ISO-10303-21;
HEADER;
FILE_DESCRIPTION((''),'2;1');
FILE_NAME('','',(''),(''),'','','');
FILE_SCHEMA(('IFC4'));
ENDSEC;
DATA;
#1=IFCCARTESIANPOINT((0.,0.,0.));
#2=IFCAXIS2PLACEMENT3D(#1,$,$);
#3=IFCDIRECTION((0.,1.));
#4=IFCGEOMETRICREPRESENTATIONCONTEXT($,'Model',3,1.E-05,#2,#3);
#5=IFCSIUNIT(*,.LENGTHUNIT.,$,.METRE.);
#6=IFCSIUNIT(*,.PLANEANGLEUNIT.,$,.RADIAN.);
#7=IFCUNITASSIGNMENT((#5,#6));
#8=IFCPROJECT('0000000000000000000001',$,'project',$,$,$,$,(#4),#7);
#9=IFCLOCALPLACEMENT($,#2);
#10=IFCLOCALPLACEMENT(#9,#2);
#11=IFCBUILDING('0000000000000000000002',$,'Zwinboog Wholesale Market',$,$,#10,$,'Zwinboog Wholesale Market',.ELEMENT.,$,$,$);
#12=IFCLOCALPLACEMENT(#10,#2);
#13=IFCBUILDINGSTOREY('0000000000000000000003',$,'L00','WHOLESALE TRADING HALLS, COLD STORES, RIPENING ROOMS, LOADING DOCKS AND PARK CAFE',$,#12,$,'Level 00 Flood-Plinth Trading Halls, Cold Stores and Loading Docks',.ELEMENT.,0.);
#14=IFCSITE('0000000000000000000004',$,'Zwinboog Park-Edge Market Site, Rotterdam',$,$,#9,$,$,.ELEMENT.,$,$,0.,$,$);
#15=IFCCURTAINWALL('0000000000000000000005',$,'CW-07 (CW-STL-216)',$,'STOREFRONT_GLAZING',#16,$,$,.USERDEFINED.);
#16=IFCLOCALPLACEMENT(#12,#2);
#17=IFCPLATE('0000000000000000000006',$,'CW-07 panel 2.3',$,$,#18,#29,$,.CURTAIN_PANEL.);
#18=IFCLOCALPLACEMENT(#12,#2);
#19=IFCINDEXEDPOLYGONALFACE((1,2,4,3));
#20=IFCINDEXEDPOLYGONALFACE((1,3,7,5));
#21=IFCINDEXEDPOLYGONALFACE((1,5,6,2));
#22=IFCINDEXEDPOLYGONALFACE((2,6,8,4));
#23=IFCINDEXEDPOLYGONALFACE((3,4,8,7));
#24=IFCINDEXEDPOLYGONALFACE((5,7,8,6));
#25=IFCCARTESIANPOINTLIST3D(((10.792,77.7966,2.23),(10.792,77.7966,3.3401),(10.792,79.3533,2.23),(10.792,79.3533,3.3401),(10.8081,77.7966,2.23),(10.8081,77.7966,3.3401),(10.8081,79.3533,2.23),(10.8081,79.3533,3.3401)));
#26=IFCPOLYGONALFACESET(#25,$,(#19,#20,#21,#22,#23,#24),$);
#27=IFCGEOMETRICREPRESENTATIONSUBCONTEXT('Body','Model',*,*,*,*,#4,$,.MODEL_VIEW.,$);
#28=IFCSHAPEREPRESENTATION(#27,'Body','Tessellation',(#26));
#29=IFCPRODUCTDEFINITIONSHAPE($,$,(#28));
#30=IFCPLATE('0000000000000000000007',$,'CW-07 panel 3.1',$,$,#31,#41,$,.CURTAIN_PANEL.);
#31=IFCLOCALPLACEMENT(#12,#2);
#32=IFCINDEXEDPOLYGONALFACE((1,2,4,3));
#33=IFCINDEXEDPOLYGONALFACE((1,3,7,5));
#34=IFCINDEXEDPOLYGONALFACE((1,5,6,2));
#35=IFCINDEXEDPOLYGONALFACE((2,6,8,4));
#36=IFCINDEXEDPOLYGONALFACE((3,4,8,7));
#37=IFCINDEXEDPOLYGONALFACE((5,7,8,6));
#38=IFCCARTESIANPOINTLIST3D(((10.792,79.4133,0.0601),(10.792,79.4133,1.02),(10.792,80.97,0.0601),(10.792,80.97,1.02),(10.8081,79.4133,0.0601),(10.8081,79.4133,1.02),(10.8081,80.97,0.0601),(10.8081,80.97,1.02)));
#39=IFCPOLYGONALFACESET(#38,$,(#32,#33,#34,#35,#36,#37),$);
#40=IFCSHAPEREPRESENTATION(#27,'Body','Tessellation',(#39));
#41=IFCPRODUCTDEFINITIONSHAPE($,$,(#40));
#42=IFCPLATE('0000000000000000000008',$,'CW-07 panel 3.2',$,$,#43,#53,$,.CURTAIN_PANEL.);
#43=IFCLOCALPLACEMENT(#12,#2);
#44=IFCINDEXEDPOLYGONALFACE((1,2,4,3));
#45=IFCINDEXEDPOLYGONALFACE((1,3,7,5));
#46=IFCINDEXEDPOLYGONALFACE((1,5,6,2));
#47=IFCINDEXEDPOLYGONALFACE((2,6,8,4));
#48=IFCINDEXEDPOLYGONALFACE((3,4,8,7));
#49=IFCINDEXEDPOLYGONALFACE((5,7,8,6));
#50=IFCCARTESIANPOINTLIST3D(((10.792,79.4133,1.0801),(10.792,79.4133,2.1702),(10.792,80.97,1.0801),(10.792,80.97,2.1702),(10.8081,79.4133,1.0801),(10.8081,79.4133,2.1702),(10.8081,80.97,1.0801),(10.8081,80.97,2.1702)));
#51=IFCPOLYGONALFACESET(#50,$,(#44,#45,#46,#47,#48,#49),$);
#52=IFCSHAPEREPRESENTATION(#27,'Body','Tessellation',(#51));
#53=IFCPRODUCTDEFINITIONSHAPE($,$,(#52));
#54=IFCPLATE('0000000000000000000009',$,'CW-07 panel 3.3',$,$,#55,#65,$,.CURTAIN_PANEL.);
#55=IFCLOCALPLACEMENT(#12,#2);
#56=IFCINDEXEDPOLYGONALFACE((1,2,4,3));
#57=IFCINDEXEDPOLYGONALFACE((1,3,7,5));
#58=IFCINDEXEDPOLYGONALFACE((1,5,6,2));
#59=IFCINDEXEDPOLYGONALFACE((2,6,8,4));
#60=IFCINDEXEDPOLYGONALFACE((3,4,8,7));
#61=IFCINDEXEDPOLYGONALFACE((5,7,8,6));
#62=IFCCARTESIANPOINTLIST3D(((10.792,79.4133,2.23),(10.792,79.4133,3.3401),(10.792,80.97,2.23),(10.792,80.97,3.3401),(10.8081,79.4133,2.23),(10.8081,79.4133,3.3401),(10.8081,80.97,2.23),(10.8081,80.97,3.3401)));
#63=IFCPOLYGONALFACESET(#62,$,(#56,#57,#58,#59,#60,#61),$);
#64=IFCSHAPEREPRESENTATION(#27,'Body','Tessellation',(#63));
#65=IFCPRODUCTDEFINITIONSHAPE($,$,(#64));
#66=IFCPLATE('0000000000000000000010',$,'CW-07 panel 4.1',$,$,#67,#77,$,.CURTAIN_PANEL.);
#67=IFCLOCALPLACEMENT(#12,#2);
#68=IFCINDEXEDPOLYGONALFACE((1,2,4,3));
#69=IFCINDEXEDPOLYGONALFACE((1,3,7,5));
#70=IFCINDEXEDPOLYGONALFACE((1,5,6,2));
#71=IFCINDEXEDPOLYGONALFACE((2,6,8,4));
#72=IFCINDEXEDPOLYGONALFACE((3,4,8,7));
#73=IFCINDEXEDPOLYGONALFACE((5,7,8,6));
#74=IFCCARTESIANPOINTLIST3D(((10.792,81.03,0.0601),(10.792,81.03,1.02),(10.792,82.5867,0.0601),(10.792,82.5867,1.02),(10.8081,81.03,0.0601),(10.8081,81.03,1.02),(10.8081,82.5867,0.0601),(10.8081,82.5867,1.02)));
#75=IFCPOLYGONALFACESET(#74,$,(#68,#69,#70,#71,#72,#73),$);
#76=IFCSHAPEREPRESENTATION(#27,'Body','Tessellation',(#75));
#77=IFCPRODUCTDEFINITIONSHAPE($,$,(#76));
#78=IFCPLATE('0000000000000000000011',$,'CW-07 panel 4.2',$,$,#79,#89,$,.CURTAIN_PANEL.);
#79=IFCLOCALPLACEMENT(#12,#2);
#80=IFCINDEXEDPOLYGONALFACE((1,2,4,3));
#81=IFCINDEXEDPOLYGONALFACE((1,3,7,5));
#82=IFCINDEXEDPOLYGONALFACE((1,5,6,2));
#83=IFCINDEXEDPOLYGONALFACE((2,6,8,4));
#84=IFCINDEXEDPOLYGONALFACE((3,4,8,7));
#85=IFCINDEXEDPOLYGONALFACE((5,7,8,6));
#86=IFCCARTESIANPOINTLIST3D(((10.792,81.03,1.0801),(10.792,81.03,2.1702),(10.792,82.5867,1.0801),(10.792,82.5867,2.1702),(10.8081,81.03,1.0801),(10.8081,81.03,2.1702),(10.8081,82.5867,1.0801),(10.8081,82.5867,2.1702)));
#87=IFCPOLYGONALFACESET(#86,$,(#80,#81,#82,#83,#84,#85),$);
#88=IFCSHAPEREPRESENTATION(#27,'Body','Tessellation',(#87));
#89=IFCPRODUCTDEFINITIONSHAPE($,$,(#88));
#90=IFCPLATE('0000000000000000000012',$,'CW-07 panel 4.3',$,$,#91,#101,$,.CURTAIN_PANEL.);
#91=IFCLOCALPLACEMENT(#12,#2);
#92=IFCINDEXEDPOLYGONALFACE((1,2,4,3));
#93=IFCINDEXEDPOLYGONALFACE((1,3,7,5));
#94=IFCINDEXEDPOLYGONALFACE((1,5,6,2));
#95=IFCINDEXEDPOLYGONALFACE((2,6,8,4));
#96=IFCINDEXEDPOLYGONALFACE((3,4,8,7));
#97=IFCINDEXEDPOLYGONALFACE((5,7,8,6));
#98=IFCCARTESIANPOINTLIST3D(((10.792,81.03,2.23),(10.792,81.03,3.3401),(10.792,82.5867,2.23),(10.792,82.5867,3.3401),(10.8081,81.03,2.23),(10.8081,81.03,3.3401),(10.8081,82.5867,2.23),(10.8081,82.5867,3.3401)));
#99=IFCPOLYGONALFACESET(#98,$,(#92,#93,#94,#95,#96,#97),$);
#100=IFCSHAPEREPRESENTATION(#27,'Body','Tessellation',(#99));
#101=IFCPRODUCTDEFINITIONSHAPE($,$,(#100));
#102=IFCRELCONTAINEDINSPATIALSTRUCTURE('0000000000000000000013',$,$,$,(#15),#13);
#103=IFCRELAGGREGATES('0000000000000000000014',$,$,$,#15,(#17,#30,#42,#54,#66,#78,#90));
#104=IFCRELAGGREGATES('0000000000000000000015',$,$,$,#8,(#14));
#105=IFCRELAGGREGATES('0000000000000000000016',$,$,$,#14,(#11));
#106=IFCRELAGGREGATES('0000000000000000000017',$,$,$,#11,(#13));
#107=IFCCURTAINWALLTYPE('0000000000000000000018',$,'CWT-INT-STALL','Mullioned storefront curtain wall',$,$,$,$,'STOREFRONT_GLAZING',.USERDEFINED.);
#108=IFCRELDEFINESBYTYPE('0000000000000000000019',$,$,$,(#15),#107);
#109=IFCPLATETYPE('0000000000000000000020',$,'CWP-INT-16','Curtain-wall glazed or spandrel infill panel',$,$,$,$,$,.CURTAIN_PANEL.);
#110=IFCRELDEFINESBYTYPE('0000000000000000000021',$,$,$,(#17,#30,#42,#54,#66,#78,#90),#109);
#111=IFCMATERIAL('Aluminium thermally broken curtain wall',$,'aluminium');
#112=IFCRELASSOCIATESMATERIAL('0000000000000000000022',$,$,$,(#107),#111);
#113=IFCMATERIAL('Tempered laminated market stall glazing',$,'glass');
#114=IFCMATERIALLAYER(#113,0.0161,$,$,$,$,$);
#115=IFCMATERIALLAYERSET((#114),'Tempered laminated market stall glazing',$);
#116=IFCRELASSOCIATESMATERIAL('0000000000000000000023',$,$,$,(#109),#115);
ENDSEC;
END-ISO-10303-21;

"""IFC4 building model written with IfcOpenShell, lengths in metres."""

from ifc_helpers import new_model, si_unit, direction, frame, origin, origin_2d, place, context, subcontext, project, spatial, rectangle, extrude, material, layer, layer_set, type_object, element, aggregate, save


model = new_model("IFC4")

# Units and contexts
model_context = context("Model", 3, precision=1e-05, world=origin(), true_north=direction((0.0, 1.0)))
body_context = subcontext(model_context, "Body", "Model", "MODEL_VIEW")
ifc_project = project(units=[si_unit("LENGTHUNIT", "METRE"), si_unit("PLANEANGLEUNIT", "RADIAN")], contexts=[model_context])

# Site, building, storey
site_placement = place(None, origin())
site = spatial("IfcSite", under=ifc_project, at=site_placement, Name="Zwinboog Park-Edge Market Site, Rotterdam", CompositionType="ELEMENT", RefElevation=0.0)
building_placement = place(site_placement, origin())
building = spatial("IfcBuilding", under=site, at=building_placement, Name="Zwinboog Wholesale Market", LongName="Zwinboog Wholesale Market", CompositionType="ELEMENT")
storey_placement = place(building_placement, origin())
storey = spatial("IfcBuildingStorey", under=building, at=storey_placement, Name="L00", Description="WHOLESALE TRADING HALLS, COLD STORES, RIPENING ROOMS, LOADING DOCKS AND PARK CAFE", LongName="Level 00 Flood-Plinth Trading Halls, Cold Stores and Loading Docks", CompositionType="ELEMENT", Elevation=0.0)

# Curtain wall, plates
ifc_material_1 = material(Name="Aluminium thermally broken curtain wall", Category="aluminium")
curtain_wall_type = type_object("IfcCurtainWallType", Name="CWT-INT-STALL", Description="Mullioned storefront curtain wall", ElementType="STOREFRONT_GLAZING", PredefinedType="USERDEFINED", material=ifc_material_1)
curtain_wall_placement = place(storey_placement, origin())
curtain_wall = element("IfcCurtainWall", 1, at=curtain_wall_placement, inside=storey, type_object=curtain_wall_type, Name="CW-07 (CW-STL-216)", ObjectType="STOREFRONT_GLAZING", PredefinedType="USERDEFINED")
ifc_material_2 = material(Name="Tempered laminated market stall glazing", Category="glass")
ifc_layer = layer(ifc_material_2, 0.0161)
ifc_layer_set = layer_set([ifc_layer], Name="Tempered laminated market stall glazing")
plate_type = type_object("IfcPlateType", Name="CWP-INT-16", Description="Curtain-wall glazed or spandrel infill panel", PredefinedType="CURTAIN_PANEL", material=ifc_layer_set)
plate_1_placement = place(storey_placement, frame((10.8, 78.575, 2.23), z_axis=(0.0, 0.0, 1.0), x_axis=(0.0, 1.0, 0.0)))
plate_1 = element("IfcPlate", 2, at=plate_1_placement, type_object=plate_type, Name="CW-07 panel 2.3", PredefinedType="CURTAIN_PANEL", context=body_context, shape_type="SweptSolid", body=[
    extrude(rectangle(XDim=1.5566, YDim=0.0161, at=origin_2d()), origin(), (0.0, 0.0, 1.0), 1.1101),
])
plate_2_placement = place(storey_placement, frame((10.8, 80.1917, 0.0601), z_axis=(0.0, 0.0, 1.0), x_axis=(0.0, 1.0, 0.0)))
plate_2 = element("IfcPlate", 3, at=plate_2_placement, type_object=plate_type, Name="CW-07 panel 3.1", PredefinedType="CURTAIN_PANEL", context=body_context, shape_type="SweptSolid", body=[
    extrude(rectangle(XDim=1.5566, YDim=0.0161, at=origin_2d()), origin(), (0.0, 0.0, 1.0), 0.96),
])
plate_3_placement = place(storey_placement, frame((10.8, 80.1917, 1.0801), z_axis=(0.0, 0.0, 1.0), x_axis=(0.0, 1.0, 0.0)))
plate_3 = element("IfcPlate", 4, at=plate_3_placement, type_object=plate_type, Name="CW-07 panel 3.2", PredefinedType="CURTAIN_PANEL", context=body_context, shape_type="SweptSolid", body=[
    extrude(rectangle(XDim=1.5566, YDim=0.0161, at=origin_2d()), origin(), (0.0, 0.0, 1.0), 1.0901),
])
plate_4_placement = place(storey_placement, frame((10.8, 80.1917, 2.23), z_axis=(0.0, 0.0, 1.0), x_axis=(0.0, 1.0, 0.0)))
plate_4 = element("IfcPlate", 5, at=plate_4_placement, type_object=plate_type, Name="CW-07 panel 3.3", PredefinedType="CURTAIN_PANEL", context=body_context, shape_type="SweptSolid", body=[
    extrude(rectangle(XDim=1.5566, YDim=0.0161, at=origin_2d()), origin(), (0.0, 0.0, 1.0), 1.1101),
])
plate_5_placement = place(storey_placement, frame((10.8, 81.8083, 0.0601), z_axis=(0.0, 0.0, 1.0), x_axis=(0.0, 1.0, 0.0)))
plate_5 = element("IfcPlate", 6, at=plate_5_placement, type_object=plate_type, Name="CW-07 panel 4.1", PredefinedType="CURTAIN_PANEL", context=body_context, shape_type="SweptSolid", body=[
    extrude(rectangle(XDim=1.5566, YDim=0.0161, at=origin_2d()), origin(), (0.0, 0.0, 1.0), 0.96),
])
plate_6_placement = place(storey_placement, frame((10.8, 81.8083, 1.0801), z_axis=(0.0, 0.0, 1.0), x_axis=(0.0, 1.0, 0.0)))
plate_6 = element("IfcPlate", 7, at=plate_6_placement, type_object=plate_type, Name="CW-07 panel 4.2", PredefinedType="CURTAIN_PANEL", context=body_context, shape_type="SweptSolid", body=[
    extrude(rectangle(XDim=1.5566, YDim=0.0161, at=origin_2d()), origin(), (0.0, 0.0, 1.0), 1.0901),
])
plate_7_placement = place(storey_placement, frame((10.8, 81.8083, 2.23), z_axis=(0.0, 0.0, 1.0), x_axis=(0.0, 1.0, 0.0)))
plate_7 = element("IfcPlate", 8, at=plate_7_placement, type_object=plate_type, Name="CW-07 panel 4.3", PredefinedType="CURTAIN_PANEL", context=body_context, shape_type="SweptSolid", body=[
    extrude(rectangle(XDim=1.5566, YDim=0.0161, at=origin_2d()), origin(), (0.0, 0.0, 1.0), 1.1101),
])
aggregate(curtain_wall, [plate_1, plate_2, plate_3, plate_4, plate_5, plate_6, plate_7])

save(model, "model.ifc")
